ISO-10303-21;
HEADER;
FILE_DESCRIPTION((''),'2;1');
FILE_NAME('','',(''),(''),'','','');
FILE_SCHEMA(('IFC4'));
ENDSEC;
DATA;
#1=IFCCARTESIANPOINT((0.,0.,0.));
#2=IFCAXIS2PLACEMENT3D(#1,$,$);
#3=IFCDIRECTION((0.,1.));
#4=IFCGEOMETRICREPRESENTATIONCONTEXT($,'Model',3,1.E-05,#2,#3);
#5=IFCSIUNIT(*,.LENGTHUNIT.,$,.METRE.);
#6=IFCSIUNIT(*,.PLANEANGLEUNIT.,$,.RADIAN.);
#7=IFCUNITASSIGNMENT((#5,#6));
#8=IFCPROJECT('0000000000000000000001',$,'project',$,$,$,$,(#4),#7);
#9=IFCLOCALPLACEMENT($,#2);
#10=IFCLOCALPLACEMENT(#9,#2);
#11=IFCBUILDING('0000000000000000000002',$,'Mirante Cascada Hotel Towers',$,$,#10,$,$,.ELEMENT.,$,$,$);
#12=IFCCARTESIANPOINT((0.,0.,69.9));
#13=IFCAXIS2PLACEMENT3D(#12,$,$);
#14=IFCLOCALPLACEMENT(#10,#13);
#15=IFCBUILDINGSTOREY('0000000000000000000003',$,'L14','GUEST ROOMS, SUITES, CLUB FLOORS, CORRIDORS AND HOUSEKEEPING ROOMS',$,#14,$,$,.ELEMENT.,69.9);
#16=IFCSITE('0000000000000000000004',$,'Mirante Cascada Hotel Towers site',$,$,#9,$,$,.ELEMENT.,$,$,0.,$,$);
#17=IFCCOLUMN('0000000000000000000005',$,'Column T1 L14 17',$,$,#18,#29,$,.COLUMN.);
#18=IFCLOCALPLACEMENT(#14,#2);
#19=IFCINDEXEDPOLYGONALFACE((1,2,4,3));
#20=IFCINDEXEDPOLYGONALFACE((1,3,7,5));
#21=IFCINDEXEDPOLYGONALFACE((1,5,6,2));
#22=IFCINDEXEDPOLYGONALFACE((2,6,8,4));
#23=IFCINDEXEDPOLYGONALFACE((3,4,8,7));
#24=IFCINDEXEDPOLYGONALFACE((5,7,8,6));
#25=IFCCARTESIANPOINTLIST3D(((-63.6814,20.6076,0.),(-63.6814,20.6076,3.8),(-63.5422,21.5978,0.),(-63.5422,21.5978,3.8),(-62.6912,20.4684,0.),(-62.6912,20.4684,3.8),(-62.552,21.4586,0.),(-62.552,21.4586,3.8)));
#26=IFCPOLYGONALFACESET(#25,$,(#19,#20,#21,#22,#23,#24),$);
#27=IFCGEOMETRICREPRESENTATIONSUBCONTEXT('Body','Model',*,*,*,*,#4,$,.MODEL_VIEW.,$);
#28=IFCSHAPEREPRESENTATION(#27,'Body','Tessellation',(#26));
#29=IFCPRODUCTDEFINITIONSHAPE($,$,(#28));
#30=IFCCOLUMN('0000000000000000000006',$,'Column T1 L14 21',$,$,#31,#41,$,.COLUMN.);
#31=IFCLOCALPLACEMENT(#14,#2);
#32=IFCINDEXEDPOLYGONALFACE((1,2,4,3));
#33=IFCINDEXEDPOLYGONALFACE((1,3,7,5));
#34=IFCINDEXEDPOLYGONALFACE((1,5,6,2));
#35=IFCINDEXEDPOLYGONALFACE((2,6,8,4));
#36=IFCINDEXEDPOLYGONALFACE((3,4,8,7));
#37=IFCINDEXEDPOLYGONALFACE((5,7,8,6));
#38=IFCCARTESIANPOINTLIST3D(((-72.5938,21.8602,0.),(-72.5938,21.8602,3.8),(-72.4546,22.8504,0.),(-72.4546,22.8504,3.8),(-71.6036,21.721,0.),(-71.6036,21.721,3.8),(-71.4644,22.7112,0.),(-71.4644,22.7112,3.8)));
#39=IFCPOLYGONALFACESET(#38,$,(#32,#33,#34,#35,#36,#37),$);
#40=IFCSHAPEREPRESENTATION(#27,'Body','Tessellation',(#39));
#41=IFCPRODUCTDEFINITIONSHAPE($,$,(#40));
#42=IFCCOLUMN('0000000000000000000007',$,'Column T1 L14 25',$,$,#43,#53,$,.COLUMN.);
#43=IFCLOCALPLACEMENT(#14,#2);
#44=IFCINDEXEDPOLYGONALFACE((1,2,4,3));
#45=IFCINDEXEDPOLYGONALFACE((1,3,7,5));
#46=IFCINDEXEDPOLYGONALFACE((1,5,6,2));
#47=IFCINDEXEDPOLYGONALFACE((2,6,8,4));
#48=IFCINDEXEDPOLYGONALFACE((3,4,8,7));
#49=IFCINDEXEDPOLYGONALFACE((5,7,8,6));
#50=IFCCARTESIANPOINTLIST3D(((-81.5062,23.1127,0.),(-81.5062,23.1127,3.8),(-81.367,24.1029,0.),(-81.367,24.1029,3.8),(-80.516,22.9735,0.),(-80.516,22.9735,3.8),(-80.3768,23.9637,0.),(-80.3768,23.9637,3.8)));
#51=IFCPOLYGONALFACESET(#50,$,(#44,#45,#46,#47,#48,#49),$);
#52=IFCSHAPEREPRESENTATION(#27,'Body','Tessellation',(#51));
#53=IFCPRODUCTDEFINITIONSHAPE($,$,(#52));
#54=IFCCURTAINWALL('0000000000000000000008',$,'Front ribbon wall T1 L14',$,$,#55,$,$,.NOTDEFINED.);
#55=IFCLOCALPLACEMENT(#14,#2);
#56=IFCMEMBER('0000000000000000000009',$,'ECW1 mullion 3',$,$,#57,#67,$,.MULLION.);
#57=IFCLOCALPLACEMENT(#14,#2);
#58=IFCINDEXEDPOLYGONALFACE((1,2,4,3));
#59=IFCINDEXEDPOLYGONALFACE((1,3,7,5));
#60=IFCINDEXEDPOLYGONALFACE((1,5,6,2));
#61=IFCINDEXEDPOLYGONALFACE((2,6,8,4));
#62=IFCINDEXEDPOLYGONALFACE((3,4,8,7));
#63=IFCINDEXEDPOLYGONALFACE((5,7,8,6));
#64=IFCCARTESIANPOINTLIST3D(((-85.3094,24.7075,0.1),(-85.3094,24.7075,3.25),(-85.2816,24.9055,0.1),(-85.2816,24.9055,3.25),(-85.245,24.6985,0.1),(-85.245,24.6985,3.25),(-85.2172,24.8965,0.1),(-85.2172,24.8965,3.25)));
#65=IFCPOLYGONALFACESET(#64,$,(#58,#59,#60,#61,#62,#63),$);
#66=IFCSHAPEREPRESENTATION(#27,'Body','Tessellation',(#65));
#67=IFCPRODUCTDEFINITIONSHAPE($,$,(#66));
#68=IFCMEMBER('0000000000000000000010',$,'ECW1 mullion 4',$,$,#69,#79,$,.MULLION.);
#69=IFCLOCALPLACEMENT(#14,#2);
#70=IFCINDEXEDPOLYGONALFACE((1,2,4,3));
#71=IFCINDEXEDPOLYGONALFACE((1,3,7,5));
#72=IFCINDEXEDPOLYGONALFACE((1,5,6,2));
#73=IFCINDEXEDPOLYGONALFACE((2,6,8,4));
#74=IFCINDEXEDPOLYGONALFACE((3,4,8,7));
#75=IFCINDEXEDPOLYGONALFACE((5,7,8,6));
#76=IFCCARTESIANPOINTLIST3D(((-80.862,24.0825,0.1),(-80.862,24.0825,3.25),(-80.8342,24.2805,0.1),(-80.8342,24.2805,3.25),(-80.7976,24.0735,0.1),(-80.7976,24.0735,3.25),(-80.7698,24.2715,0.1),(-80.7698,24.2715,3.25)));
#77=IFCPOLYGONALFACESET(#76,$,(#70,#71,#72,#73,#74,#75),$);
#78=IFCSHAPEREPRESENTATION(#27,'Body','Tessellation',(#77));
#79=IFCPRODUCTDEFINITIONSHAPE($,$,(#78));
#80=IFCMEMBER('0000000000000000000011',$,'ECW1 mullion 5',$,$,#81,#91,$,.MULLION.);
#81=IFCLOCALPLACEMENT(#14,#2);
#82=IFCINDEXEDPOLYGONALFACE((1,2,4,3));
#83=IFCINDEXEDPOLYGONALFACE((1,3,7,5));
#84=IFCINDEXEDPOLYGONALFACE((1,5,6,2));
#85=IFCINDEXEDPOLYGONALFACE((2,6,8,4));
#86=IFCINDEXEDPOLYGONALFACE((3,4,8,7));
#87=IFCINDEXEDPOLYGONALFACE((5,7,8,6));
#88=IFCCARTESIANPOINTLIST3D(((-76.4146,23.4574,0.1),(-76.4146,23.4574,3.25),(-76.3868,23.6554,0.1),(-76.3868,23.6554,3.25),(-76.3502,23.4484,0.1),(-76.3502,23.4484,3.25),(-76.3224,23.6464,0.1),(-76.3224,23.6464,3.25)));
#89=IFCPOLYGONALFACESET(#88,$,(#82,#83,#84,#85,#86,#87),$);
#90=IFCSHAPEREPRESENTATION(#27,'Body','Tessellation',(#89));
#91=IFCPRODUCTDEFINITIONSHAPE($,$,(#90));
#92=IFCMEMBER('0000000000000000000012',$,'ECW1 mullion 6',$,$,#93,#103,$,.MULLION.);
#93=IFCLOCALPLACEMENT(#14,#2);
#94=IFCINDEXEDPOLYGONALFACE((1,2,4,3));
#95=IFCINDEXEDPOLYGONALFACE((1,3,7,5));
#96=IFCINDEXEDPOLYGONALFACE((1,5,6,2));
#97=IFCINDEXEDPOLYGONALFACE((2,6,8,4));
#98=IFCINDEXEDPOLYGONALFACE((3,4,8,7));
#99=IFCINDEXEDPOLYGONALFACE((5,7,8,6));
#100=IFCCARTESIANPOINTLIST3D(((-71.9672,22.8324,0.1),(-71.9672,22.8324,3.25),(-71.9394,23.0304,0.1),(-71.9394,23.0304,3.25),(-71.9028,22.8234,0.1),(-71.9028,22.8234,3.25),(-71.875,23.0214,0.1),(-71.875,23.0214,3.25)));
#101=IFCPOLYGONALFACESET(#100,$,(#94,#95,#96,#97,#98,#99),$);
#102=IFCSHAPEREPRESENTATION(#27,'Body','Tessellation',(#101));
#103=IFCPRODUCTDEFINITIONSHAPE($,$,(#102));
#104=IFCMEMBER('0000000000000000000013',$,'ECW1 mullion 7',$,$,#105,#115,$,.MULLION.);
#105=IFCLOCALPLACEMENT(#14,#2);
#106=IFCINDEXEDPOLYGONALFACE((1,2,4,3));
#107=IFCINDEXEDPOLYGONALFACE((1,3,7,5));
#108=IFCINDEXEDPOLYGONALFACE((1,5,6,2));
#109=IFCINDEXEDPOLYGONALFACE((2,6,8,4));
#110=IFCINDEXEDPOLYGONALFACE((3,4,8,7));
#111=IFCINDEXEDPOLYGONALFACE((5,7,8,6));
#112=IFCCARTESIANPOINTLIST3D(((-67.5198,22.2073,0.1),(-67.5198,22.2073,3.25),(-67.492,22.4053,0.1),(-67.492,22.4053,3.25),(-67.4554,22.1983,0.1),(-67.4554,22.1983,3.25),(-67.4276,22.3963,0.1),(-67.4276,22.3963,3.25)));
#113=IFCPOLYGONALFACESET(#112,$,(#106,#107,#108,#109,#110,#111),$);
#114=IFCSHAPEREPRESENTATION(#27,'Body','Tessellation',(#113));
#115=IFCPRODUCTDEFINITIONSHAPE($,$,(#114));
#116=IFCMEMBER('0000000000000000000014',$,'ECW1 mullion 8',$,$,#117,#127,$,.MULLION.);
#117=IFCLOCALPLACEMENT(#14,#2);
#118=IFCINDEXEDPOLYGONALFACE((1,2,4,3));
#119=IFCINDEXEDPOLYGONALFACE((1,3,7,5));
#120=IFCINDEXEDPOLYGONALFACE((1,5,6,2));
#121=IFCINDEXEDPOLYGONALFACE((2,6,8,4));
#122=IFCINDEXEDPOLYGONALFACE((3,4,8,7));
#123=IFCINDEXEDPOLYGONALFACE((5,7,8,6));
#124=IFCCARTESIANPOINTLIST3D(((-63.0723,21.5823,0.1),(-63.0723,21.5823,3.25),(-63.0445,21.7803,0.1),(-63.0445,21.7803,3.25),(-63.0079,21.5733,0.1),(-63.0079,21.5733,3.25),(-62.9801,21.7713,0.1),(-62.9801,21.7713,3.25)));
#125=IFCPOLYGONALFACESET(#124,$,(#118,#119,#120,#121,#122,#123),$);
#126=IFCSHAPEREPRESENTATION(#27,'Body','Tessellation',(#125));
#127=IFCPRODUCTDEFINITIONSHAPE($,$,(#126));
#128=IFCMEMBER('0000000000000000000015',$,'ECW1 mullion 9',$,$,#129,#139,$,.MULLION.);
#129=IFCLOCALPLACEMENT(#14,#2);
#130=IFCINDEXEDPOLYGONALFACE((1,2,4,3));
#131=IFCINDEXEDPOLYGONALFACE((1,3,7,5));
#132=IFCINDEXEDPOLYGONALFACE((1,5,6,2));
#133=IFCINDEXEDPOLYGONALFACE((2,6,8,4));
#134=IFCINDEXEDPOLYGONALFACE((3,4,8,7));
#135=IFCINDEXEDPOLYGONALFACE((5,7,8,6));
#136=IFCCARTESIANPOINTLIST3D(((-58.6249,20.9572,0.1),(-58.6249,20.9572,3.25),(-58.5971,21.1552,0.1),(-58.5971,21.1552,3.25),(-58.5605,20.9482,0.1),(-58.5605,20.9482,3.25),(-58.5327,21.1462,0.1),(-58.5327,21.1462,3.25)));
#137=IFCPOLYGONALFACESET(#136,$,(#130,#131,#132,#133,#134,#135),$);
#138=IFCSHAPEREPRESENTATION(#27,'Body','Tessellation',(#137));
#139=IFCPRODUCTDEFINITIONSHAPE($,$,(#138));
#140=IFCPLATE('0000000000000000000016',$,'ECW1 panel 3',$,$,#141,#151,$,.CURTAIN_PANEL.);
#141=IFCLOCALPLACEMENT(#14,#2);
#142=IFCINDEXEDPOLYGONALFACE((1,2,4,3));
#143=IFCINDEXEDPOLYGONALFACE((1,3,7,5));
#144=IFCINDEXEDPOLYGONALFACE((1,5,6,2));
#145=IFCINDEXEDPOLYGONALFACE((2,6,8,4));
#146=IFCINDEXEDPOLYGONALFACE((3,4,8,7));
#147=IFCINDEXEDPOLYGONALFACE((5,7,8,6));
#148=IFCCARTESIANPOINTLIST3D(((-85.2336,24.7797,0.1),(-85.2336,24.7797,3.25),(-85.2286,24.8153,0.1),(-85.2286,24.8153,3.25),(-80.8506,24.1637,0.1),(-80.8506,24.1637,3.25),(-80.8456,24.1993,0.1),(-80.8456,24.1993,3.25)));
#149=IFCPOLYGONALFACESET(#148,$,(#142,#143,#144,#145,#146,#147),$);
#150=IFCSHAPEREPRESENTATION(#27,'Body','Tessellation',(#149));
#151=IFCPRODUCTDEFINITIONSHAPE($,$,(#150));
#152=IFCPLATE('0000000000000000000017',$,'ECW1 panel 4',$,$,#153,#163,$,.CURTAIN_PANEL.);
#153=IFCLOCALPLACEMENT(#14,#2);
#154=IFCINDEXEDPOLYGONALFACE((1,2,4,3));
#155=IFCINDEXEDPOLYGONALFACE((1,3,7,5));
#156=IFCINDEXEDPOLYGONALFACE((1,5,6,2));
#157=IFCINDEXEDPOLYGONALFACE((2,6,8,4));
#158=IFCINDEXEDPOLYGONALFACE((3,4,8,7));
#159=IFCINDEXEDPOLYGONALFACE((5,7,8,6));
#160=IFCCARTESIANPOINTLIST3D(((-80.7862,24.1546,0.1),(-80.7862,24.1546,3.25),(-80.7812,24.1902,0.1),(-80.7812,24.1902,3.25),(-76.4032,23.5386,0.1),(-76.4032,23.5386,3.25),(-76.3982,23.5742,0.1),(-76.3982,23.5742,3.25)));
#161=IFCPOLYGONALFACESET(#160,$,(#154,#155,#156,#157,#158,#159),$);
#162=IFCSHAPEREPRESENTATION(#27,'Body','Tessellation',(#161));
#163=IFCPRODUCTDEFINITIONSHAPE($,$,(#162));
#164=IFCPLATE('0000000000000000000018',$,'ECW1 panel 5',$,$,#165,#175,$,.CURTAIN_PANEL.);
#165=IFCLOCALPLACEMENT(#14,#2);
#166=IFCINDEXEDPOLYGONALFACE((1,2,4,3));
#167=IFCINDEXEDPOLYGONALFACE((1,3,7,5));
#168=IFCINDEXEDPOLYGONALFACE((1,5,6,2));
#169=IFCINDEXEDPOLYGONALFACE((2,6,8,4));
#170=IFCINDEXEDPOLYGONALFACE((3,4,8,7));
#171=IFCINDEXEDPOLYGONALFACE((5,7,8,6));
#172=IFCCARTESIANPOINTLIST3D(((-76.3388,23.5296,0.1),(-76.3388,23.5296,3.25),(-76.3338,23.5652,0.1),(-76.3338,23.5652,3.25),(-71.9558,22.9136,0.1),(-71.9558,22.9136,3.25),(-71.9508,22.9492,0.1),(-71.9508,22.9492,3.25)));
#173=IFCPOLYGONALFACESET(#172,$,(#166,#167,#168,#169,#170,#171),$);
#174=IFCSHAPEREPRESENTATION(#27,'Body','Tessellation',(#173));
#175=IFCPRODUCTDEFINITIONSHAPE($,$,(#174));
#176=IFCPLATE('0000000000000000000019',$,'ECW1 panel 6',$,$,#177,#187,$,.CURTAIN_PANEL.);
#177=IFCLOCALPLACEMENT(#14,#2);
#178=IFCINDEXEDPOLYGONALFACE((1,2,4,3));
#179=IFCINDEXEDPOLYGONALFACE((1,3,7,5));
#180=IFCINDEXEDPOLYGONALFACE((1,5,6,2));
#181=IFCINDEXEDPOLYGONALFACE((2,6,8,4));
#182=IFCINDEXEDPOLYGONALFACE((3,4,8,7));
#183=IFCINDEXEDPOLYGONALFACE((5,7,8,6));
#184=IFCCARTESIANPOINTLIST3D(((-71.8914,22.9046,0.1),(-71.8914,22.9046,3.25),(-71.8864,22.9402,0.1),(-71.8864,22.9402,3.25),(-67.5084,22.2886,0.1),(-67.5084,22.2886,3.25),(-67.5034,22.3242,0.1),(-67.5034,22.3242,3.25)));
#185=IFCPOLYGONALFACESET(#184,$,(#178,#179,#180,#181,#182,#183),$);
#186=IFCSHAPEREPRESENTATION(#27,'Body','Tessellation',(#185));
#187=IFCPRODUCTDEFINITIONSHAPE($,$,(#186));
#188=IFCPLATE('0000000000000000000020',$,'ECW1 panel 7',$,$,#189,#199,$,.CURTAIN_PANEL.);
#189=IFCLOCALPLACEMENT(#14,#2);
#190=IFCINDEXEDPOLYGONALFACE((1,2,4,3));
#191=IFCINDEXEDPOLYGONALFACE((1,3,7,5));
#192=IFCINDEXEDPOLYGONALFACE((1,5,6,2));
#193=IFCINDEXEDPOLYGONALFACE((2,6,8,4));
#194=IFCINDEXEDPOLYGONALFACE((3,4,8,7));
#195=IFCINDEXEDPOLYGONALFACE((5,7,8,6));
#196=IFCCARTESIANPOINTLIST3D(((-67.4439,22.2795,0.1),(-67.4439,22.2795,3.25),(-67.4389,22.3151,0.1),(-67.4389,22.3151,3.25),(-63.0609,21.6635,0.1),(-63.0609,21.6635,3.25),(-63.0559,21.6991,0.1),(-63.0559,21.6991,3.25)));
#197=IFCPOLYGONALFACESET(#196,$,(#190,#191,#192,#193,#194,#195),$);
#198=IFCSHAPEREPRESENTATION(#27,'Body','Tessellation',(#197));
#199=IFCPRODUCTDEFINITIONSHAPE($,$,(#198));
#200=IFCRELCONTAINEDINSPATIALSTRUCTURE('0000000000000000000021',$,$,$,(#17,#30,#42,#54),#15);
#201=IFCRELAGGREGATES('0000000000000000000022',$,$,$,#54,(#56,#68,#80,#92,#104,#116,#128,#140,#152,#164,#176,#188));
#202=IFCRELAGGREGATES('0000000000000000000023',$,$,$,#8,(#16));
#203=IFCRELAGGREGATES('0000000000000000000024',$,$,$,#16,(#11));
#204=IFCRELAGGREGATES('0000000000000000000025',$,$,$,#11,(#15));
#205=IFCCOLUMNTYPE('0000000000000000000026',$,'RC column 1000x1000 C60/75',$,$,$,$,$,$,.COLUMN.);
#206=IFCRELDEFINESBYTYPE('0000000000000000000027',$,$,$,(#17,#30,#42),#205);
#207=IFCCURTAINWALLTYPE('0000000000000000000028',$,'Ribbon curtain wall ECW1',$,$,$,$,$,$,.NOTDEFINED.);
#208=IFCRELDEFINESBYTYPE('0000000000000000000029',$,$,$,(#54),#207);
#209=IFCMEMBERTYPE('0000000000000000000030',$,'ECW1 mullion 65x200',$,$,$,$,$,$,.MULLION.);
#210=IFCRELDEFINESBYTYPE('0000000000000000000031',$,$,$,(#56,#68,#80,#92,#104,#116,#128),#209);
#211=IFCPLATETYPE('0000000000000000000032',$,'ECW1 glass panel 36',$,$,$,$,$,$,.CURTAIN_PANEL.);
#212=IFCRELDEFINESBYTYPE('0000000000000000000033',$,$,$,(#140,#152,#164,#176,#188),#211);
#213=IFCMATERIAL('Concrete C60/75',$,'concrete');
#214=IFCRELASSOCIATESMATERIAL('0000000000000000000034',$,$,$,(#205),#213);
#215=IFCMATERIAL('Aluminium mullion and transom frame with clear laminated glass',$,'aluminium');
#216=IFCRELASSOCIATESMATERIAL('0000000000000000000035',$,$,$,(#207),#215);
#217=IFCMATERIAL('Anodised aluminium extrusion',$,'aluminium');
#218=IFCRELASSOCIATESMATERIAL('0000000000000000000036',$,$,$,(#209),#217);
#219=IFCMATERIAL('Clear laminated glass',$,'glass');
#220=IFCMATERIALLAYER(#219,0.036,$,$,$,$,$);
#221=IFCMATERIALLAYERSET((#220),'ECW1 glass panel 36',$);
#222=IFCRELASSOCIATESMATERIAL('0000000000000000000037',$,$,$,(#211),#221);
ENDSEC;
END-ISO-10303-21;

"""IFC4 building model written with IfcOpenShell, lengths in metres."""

from ifc_helpers import new_model, si_unit, direction, frame, origin, origin_2d, place, context, subcontext, project, spatial, rectangle, extrude, material, layer, layer_set, material_profile, profile_set, type_object, element, aggregate, save


model = new_model("IFC4")

# Units and contexts
model_context = context("Model", 3, precision=1e-05, world=origin(), true_north=direction((0.0, 1.0)))
body_context = subcontext(model_context, "Body", "Model", "MODEL_VIEW")
ifc_project = project(units=[si_unit("LENGTHUNIT", "METRE"), si_unit("PLANEANGLEUNIT", "RADIAN")], contexts=[model_context])

# Site, building, storey
site_placement = place(None, origin())
site = spatial("IfcSite", under=ifc_project, at=site_placement, Name="Mirante Cascada Hotel Towers site", CompositionType="ELEMENT", RefElevation=0.0)
building_placement = place(site_placement, origin())
building = spatial("IfcBuilding", under=site, at=building_placement, Name="Mirante Cascada Hotel Towers", CompositionType="ELEMENT")
storey_placement = place(building_placement, frame((0.0, 0.0, 69.9)))
storey = spatial("IfcBuildingStorey", under=building, at=storey_placement, Name="L14", Description="GUEST ROOMS, SUITES, CLUB FLOORS, CORRIDORS AND HOUSEKEEPING ROOMS", CompositionType="ELEMENT", Elevation=69.9)

# Columns
ifc_material_1 = material(Name="Concrete C60/75", Category="concrete")
ifc_material_profile_1 = material_profile(ifc_material_1, rectangle(XDim=1.0, YDim=1.0, at=origin_2d()), Name="RC column 1000x1000 C60/75")
ifc_profile_set_1 = profile_set([ifc_material_profile_1], Name="Concrete C60/75")
column_type = type_object("IfcColumnType", Name="RC column 1000x1000 C60/75", PredefinedType="COLUMN", material=ifc_profile_set_1)
for number, where, z_axis, x_axis, name in (
    (1, (-63.1167, 21.0331, 0.0), (0.0, 0.0, 1.0), (-0.990268, 0.139173, 0.0), "Column T1 L14 17"),
    (2, (-72.0291, 22.2857, 0.0), (0.0, 0.0, 1.0), (-0.990268, 0.139173, 0.0), "Column T1 L14 21"),
    (3, (-80.9415, 23.5382, 0.0), (0.0, 0.0, 1.0), (-0.990268, 0.139173, 0.0), "Column T1 L14 25"),
):
    element("IfcColumn", number, at=place(storey_placement, frame(where, z_axis=z_axis, x_axis=x_axis)), inside=storey, type_object=column_type, Name=name, PredefinedType="COLUMN", context=body_context, shape_type="SweptSolid", body=[
        extrude(rectangle(XDim=1.0, YDim=1.0, at=origin_2d()), origin(), (0.0, 0.0, 1.0), 3.8),
    ])

# Curtain wall, members, plates
ifc_material_2 = material(Name="Aluminium mullion and transom frame with clear laminated glass", Category="aluminium")
curtain_wall_type = type_object("IfcCurtainWallType", Name="Ribbon curtain wall ECW1", PredefinedType="NOTDEFINED", material=ifc_material_2)
curtain_wall_placement = place(storey_placement, origin())
curtain_wall = element("IfcCurtainWall", 4, at=curtain_wall_placement, inside=storey, type_object=curtain_wall_type, Name="Front ribbon wall T1 L14", PredefinedType="NOTDEFINED")
ifc_material_3 = material(Name="Anodised aluminium extrusion", Category="aluminium")
ifc_material_profile_2 = material_profile(ifc_material_3, rectangle(XDim=0.2, YDim=0.065, at=origin_2d()), Name="ECW1 MULLION 65x200")
ifc_profile_set_2 = profile_set([ifc_material_profile_2], Name="Anodised aluminium extrusion")
member_type = type_object("IfcMemberType", Name="ECW1 mullion 65x200", PredefinedType="MULLION", material=ifc_profile_set_2)
member_1_placement = place(storey_placement, frame((-85.2633, 24.802, 0.1), z_axis=(0.0, 0.0, 1.0), x_axis=(0.139173, 0.990268, 0.0)))
member_1 = element("IfcMember", 5, at=member_1_placement, type_object=member_type, Name="ECW1 mullion 3", PredefinedType="MULLION", context=body_context, shape_type="SweptSolid", body=[
    extrude(rectangle(XDim=0.2, YDim=0.065, at=origin_2d()), origin(), (0.0, 0.0, 1.0), 3.15),
])
member_2_placement = place(storey_placement, frame((-80.8159, 24.177, 0.1), z_axis=(0.0, 0.0, 1.0), x_axis=(0.139173, 0.990268, 0.0)))
member_2 = element("IfcMember", 6, at=member_2_placement, type_object=member_type, Name="ECW1 mullion 4", PredefinedType="MULLION", context=body_context, shape_type="SweptSolid", body=[
    extrude(rectangle(XDim=0.2, YDim=0.065, at=origin_2d()), origin(), (0.0, 0.0, 1.0), 3.15),
])
member_3_placement = place(storey_placement, frame((-76.3685, 23.5519, 0.1), z_axis=(0.0, 0.0, 1.0), x_axis=(0.139173, 0.990268, 0.0)))
member_3 = element("IfcMember", 7, at=member_3_placement, type_object=member_type, Name="ECW1 mullion 5", PredefinedType="MULLION", context=body_context, shape_type="SweptSolid", body=[
    extrude(rectangle(XDim=0.2, YDim=0.065, at=origin_2d()), origin(), (0.0, 0.0, 1.0), 3.15),
])
member_4_placement = place(storey_placement, frame((-71.9211, 22.9269, 0.1), z_axis=(0.0, 0.0, 1.0), x_axis=(0.139173, 0.990268, 0.0)))
member_4 = element("IfcMember", 8, at=member_4_placement, type_object=member_type, Name="ECW1 mullion 6", PredefinedType="MULLION", context=body_context, shape_type="SweptSolid", body=[
    extrude(rectangle(XDim=0.2, YDim=0.065, at=origin_2d()), origin(), (0.0, 0.0, 1.0), 3.15),
])
member_5_placement = place(storey_placement, frame((-67.4737, 22.3018, 0.1), z_axis=(0.0, 0.0, 1.0), x_axis=(0.139173, 0.990268, 0.0)))
member_5 = element("IfcMember", 9, at=member_5_placement, type_object=member_type, Name="ECW1 mullion 7", PredefinedType="MULLION", context=body_context, shape_type="SweptSolid", body=[
    extrude(rectangle(XDim=0.2, YDim=0.065, at=origin_2d()), origin(), (0.0, 0.0, 1.0), 3.15),
])
member_6_placement = place(storey_placement, frame((-63.0262, 21.6768, 0.1), z_axis=(0.0, 0.0, 1.0), x_axis=(0.139173, 0.990268, 0.0)))
member_6 = element("IfcMember", 10, at=member_6_placement, type_object=member_type, Name="ECW1 mullion 8", PredefinedType="MULLION", context=body_context, shape_type="SweptSolid", body=[
    extrude(rectangle(XDim=0.2, YDim=0.065, at=origin_2d()), origin(), (0.0, 0.0, 1.0), 3.15),
])
member_7_placement = place(storey_placement, frame((-58.5788, 21.0517, 0.1), z_axis=(0.0, 0.0, 1.0), x_axis=(0.139173, 0.990268, 0.0)))
member_7 = element("IfcMember", 11, at=member_7_placement, type_object=member_type, Name="ECW1 mullion 9", PredefinedType="MULLION", context=body_context, shape_type="SweptSolid", body=[
    extrude(rectangle(XDim=0.2, YDim=0.065, at=origin_2d()), origin(), (0.0, 0.0, 1.0), 3.15),
])
ifc_material_4 = material(Name="Clear laminated glass", Category="glass")
ifc_layer_1 = layer(ifc_material_4, 0.036)
ifc_layer_set_1 = layer_set([ifc_layer_1], Name="ECW1 glass panel 36")
plate_type = type_object("IfcPlateType", Name="ECW1 glass panel 36", PredefinedType="CURTAIN_PANEL", material=ifc_layer_set_1)
plate_1_placement = place(storey_placement, frame((-83.0396, 24.4895, 0.1), z_axis=(0.0, 0.0, 1.0), x_axis=(0.990268, -0.139173, 0.0)))
plate_1 = element("IfcPlate", 12, at=plate_1_placement, type_object=plate_type, Name="ECW1 panel 3", PredefinedType="CURTAIN_PANEL", context=body_context, shape_type="SweptSolid", body=[
    extrude(rectangle(XDim=4.4261, YDim=0.036, at=origin_2d()), origin(), (0.0, 0.0, 1.0), 3.15),
])
plate_2_placement = place(storey_placement, frame((-78.5922, 23.8644, 0.1), z_axis=(0.0, 0.0, 1.0), x_axis=(0.990268, -0.139173, 0.0)))
plate_2 = element("IfcPlate", 13, at=plate_2_placement, type_object=plate_type, Name="ECW1 panel 4", PredefinedType="CURTAIN_PANEL", context=body_context, shape_type="SweptSolid", body=[
    extrude(rectangle(XDim=4.4261, YDim=0.036, at=origin_2d()), origin(), (0.0, 0.0, 1.0), 3.15),
])
plate_3_placement = place(storey_placement, frame((-74.1448, 23.2394, 0.1), z_axis=(0.0, 0.0, 1.0), x_axis=(0.990268, -0.139173, 0.0)))
plate_3 = element("IfcPlate", 14, at=plate_3_placement, type_object=plate_type, Name="ECW1 panel 5", PredefinedType="CURTAIN_PANEL", context=body_context, shape_type="SweptSolid", body=[
    extrude(rectangle(XDim=4.4261, YDim=0.036, at=origin_2d()), origin(), (0.0, 0.0, 1.0), 3.15),
])
plate_4_placement = place(storey_placement, frame((-69.6974, 22.6144, 0.1), z_axis=(0.0, 0.0, 1.0), x_axis=(0.990268, -0.139173, 0.0)))
plate_4 = element("IfcPlate", 15, at=plate_4_placement, type_object=plate_type, Name="ECW1 panel 6", PredefinedType="CURTAIN_PANEL", context=body_context, shape_type="SweptSolid", body=[
    extrude(rectangle(XDim=4.4261, YDim=0.036, at=origin_2d()), origin(), (0.0, 0.0, 1.0), 3.15),
])
plate_5_placement = place(storey_placement, frame((-65.2499, 21.9893, 0.1), z_axis=(0.0, 0.0, 1.0), x_axis=(0.990268, -0.139173, 0.0)))
plate_5 = element("IfcPlate", 16, at=plate_5_placement, type_object=plate_type, Name="ECW1 panel 7", PredefinedType="CURTAIN_PANEL", context=body_context, shape_type="SweptSolid", body=[
    extrude(rectangle(XDim=4.4261, YDim=0.036, at=origin_2d()), origin(), (0.0, 0.0, 1.0), 3.15),
])
aggregate(curtain_wall, [member_1, member_2, member_3, member_4, member_5, member_6, member_7, plate_1, plate_2, plate_3, plate_4, plate_5])

save(model, "model.ifc")
